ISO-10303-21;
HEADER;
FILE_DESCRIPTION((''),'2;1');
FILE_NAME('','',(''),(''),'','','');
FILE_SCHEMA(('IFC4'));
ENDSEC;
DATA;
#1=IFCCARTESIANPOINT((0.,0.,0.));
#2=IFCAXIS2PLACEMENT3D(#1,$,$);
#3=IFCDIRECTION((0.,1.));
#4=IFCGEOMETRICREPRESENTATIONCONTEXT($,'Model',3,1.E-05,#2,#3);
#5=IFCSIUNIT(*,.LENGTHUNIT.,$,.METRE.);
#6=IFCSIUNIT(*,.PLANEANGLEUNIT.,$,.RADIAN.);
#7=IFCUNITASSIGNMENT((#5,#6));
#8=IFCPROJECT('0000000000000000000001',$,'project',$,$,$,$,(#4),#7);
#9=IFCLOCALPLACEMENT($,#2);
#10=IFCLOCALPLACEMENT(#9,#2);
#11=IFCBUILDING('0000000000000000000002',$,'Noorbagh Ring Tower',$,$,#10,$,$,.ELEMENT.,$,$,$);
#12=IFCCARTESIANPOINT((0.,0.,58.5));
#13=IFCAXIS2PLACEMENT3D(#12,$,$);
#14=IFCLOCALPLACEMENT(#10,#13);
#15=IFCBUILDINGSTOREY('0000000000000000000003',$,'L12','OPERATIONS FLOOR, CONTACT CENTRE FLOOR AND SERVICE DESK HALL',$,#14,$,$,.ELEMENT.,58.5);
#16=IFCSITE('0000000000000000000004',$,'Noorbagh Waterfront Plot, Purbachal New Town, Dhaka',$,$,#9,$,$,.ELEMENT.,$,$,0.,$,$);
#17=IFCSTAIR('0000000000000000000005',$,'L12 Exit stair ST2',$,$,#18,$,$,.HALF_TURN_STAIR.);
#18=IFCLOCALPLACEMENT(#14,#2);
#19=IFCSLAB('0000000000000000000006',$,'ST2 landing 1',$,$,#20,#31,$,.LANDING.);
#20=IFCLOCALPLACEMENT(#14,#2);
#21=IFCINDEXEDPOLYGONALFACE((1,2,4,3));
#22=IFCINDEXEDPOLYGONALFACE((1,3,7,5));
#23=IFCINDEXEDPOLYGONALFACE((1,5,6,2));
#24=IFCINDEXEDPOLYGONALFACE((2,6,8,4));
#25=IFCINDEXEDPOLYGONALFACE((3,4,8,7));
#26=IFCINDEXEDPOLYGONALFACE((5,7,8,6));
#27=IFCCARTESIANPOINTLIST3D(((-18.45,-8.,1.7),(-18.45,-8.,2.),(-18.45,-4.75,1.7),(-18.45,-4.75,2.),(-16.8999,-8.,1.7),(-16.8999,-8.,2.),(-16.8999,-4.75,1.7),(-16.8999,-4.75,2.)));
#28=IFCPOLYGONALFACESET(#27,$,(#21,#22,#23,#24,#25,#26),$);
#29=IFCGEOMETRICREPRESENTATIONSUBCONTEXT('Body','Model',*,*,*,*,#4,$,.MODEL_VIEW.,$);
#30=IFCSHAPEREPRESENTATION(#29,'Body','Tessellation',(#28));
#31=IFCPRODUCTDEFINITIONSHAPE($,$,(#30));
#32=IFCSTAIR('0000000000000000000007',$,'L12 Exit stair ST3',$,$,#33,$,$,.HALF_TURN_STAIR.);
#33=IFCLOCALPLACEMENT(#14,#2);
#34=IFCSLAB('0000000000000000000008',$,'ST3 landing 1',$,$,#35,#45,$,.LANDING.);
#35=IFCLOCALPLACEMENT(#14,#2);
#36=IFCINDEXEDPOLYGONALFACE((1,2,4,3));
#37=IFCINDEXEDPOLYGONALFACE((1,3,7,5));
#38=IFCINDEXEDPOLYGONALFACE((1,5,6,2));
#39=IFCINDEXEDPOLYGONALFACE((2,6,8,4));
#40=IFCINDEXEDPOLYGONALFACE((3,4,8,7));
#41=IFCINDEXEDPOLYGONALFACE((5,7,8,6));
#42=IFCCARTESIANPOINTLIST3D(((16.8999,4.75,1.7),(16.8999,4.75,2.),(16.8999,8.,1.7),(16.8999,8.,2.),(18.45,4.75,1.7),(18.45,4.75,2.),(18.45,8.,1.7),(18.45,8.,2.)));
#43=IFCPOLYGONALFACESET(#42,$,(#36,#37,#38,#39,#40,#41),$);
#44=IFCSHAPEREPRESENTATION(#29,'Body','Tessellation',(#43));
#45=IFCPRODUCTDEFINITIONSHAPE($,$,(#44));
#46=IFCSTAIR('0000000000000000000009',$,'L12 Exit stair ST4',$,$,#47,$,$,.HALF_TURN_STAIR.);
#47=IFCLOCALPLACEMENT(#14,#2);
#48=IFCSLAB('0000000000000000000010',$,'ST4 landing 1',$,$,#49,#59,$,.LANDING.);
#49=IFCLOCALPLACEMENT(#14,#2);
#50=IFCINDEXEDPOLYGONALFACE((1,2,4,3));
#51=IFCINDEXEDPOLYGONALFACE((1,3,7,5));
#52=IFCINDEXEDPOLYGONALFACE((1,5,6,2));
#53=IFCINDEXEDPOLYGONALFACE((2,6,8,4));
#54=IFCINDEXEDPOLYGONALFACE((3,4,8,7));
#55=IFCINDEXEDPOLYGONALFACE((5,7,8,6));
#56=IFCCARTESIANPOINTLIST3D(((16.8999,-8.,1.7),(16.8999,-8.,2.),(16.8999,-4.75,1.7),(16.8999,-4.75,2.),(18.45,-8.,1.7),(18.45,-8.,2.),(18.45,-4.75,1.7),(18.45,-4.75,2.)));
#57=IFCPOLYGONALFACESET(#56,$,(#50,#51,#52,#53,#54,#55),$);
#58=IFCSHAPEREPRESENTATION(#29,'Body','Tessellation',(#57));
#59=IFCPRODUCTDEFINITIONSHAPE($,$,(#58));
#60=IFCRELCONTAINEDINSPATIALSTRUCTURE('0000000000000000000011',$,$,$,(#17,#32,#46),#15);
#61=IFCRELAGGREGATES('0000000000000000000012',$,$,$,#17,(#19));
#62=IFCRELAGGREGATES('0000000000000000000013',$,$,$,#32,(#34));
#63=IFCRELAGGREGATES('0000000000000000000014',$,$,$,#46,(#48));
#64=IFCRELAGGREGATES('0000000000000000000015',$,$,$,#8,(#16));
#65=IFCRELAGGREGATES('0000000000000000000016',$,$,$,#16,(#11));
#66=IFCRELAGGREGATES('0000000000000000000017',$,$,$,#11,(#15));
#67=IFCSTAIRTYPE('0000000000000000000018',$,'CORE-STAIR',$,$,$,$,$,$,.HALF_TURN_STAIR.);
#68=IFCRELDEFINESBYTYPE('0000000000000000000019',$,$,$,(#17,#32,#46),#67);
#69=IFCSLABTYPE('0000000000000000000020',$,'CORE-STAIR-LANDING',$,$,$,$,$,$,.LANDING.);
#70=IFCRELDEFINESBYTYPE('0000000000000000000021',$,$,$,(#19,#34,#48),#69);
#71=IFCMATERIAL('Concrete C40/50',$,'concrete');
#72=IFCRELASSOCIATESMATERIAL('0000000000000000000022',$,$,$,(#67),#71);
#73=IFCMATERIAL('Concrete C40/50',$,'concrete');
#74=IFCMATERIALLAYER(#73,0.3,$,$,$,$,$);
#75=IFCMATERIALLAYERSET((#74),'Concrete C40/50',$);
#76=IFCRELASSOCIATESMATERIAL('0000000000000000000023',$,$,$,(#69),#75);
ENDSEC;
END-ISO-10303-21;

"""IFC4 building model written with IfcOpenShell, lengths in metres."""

from ifc_helpers import new_model, si_unit, direction, frame, origin, place, context, subcontext, project, spatial, polyline, outline, extrude, material, layer, layer_set, type_object, element, aggregate, save


model = new_model("IFC4")

# Units and contexts
model_context = context("Model", 3, precision=1e-05, world=origin(), true_north=direction((0.0, 1.0)))
body_context = subcontext(model_context, "Body", "Model", "MODEL_VIEW")
ifc_project = project(units=[si_unit("LENGTHUNIT", "METRE"), si_unit("PLANEANGLEUNIT", "RADIAN")], contexts=[model_context])

# Site, building, storey
site_placement = place(None, origin())
site = spatial("IfcSite", under=ifc_project, at=site_placement, Name="Noorbagh Waterfront Plot, Purbachal New Town, Dhaka", CompositionType="ELEMENT", RefElevation=0.0)
building_placement = place(site_placement, origin())
building = spatial("IfcBuilding", under=site, at=building_placement, Name="Noorbagh Ring Tower", CompositionType="ELEMENT")
storey_placement = place(building_placement, frame((0.0, 0.0, 58.5)))
storey = spatial("IfcBuildingStorey", under=building, at=storey_placement, Name="L12", Description="OPERATIONS FLOOR, CONTACT CENTRE FLOOR AND SERVICE DESK HALL", CompositionType="ELEMENT", Elevation=58.5)

# Stairs, slabs
ifc_material_1 = material(Name="Concrete C40/50", Category="concrete")
stair_type = type_object("IfcStairType", Name="CORE-STAIR", PredefinedType="HALF_TURN_STAIR", material=ifc_material_1)
ifc_material_2 = material(Name="Concrete C40/50", Category="concrete")
ifc_layer_1 = layer(ifc_material_2, 0.3)
ifc_layer_set_1 = layer_set([ifc_layer_1], Name="Concrete C40/50")
slab_type_1 = type_object("IfcSlabType", Name="CORE-STAIR-LANDING", PredefinedType="LANDING", material=ifc_layer_set_1)
stair_1_placement = place(storey_placement, origin())
stair_1 = element("IfcStair", 1, at=stair_1_placement, inside=storey, type_object=stair_type, Name="L12 Exit stair ST2", PredefinedType="HALF_TURN_STAIR")
slab_1_placement = place(storey_placement, frame((0.0, 0.0, 1.7)))
slab_1 = element("IfcSlab", 2, at=slab_1_placement, type_object=slab_type_1, Name="ST2 landing 1", PredefinedType="LANDING", context=body_context, shape_type="SweptSolid", body=[
    extrude(outline(polyline([(-18.45, -8.0), (-16.8999, -8.0), (-16.8999, -4.75), (-18.45, -4.75), (-18.45, -8.0)])), origin(), (0.0, 0.0, 1.0), 0.3),
])
aggregate(stair_1, [slab_1])
stair_2_placement = place(storey_placement, origin())
stair_2 = element("IfcStair", 3, at=stair_2_placement, inside=storey, type_object=stair_type, Name="L12 Exit stair ST3", PredefinedType="HALF_TURN_STAIR")
slab_2_placement = place(storey_placement, frame((0.0, 0.0, 1.7)))
slab_2 = element("IfcSlab", 4, at=slab_2_placement, type_object=slab_type_1, Name="ST3 landing 1", PredefinedType="LANDING", context=body_context, shape_type="SweptSolid", body=[
    extrude(outline(polyline([(18.45, 8.0), (16.8999, 8.0), (16.8999, 4.75), (18.45, 4.75), (18.45, 8.0)])), origin(), (0.0, 0.0, 1.0), 0.3),
])
aggregate(stair_2, [slab_2])
stair_3_placement = place(storey_placement, origin())
stair_3 = element("IfcStair", 5, at=stair_3_placement, inside=storey, type_object=stair_type, Name="L12 Exit stair ST4", PredefinedType="HALF_TURN_STAIR")
slab_3_placement = place(storey_placement, frame((0.0, 0.0, 1.7)))
slab_3 = element("IfcSlab", 6, at=slab_3_placement, type_object=slab_type_1, Name="ST4 landing 1", PredefinedType="LANDING", context=body_context, shape_type="SweptSolid", body=[
    extrude(outline(polyline([(18.45, -4.75), (16.8999, -4.75), (16.8999, -8.0), (18.45, -8.0), (18.45, -4.75)])), origin(), (0.0, 0.0, 1.0), 0.3),
])
aggregate(stair_3, [slab_3])

save(model, "model.ifc")
